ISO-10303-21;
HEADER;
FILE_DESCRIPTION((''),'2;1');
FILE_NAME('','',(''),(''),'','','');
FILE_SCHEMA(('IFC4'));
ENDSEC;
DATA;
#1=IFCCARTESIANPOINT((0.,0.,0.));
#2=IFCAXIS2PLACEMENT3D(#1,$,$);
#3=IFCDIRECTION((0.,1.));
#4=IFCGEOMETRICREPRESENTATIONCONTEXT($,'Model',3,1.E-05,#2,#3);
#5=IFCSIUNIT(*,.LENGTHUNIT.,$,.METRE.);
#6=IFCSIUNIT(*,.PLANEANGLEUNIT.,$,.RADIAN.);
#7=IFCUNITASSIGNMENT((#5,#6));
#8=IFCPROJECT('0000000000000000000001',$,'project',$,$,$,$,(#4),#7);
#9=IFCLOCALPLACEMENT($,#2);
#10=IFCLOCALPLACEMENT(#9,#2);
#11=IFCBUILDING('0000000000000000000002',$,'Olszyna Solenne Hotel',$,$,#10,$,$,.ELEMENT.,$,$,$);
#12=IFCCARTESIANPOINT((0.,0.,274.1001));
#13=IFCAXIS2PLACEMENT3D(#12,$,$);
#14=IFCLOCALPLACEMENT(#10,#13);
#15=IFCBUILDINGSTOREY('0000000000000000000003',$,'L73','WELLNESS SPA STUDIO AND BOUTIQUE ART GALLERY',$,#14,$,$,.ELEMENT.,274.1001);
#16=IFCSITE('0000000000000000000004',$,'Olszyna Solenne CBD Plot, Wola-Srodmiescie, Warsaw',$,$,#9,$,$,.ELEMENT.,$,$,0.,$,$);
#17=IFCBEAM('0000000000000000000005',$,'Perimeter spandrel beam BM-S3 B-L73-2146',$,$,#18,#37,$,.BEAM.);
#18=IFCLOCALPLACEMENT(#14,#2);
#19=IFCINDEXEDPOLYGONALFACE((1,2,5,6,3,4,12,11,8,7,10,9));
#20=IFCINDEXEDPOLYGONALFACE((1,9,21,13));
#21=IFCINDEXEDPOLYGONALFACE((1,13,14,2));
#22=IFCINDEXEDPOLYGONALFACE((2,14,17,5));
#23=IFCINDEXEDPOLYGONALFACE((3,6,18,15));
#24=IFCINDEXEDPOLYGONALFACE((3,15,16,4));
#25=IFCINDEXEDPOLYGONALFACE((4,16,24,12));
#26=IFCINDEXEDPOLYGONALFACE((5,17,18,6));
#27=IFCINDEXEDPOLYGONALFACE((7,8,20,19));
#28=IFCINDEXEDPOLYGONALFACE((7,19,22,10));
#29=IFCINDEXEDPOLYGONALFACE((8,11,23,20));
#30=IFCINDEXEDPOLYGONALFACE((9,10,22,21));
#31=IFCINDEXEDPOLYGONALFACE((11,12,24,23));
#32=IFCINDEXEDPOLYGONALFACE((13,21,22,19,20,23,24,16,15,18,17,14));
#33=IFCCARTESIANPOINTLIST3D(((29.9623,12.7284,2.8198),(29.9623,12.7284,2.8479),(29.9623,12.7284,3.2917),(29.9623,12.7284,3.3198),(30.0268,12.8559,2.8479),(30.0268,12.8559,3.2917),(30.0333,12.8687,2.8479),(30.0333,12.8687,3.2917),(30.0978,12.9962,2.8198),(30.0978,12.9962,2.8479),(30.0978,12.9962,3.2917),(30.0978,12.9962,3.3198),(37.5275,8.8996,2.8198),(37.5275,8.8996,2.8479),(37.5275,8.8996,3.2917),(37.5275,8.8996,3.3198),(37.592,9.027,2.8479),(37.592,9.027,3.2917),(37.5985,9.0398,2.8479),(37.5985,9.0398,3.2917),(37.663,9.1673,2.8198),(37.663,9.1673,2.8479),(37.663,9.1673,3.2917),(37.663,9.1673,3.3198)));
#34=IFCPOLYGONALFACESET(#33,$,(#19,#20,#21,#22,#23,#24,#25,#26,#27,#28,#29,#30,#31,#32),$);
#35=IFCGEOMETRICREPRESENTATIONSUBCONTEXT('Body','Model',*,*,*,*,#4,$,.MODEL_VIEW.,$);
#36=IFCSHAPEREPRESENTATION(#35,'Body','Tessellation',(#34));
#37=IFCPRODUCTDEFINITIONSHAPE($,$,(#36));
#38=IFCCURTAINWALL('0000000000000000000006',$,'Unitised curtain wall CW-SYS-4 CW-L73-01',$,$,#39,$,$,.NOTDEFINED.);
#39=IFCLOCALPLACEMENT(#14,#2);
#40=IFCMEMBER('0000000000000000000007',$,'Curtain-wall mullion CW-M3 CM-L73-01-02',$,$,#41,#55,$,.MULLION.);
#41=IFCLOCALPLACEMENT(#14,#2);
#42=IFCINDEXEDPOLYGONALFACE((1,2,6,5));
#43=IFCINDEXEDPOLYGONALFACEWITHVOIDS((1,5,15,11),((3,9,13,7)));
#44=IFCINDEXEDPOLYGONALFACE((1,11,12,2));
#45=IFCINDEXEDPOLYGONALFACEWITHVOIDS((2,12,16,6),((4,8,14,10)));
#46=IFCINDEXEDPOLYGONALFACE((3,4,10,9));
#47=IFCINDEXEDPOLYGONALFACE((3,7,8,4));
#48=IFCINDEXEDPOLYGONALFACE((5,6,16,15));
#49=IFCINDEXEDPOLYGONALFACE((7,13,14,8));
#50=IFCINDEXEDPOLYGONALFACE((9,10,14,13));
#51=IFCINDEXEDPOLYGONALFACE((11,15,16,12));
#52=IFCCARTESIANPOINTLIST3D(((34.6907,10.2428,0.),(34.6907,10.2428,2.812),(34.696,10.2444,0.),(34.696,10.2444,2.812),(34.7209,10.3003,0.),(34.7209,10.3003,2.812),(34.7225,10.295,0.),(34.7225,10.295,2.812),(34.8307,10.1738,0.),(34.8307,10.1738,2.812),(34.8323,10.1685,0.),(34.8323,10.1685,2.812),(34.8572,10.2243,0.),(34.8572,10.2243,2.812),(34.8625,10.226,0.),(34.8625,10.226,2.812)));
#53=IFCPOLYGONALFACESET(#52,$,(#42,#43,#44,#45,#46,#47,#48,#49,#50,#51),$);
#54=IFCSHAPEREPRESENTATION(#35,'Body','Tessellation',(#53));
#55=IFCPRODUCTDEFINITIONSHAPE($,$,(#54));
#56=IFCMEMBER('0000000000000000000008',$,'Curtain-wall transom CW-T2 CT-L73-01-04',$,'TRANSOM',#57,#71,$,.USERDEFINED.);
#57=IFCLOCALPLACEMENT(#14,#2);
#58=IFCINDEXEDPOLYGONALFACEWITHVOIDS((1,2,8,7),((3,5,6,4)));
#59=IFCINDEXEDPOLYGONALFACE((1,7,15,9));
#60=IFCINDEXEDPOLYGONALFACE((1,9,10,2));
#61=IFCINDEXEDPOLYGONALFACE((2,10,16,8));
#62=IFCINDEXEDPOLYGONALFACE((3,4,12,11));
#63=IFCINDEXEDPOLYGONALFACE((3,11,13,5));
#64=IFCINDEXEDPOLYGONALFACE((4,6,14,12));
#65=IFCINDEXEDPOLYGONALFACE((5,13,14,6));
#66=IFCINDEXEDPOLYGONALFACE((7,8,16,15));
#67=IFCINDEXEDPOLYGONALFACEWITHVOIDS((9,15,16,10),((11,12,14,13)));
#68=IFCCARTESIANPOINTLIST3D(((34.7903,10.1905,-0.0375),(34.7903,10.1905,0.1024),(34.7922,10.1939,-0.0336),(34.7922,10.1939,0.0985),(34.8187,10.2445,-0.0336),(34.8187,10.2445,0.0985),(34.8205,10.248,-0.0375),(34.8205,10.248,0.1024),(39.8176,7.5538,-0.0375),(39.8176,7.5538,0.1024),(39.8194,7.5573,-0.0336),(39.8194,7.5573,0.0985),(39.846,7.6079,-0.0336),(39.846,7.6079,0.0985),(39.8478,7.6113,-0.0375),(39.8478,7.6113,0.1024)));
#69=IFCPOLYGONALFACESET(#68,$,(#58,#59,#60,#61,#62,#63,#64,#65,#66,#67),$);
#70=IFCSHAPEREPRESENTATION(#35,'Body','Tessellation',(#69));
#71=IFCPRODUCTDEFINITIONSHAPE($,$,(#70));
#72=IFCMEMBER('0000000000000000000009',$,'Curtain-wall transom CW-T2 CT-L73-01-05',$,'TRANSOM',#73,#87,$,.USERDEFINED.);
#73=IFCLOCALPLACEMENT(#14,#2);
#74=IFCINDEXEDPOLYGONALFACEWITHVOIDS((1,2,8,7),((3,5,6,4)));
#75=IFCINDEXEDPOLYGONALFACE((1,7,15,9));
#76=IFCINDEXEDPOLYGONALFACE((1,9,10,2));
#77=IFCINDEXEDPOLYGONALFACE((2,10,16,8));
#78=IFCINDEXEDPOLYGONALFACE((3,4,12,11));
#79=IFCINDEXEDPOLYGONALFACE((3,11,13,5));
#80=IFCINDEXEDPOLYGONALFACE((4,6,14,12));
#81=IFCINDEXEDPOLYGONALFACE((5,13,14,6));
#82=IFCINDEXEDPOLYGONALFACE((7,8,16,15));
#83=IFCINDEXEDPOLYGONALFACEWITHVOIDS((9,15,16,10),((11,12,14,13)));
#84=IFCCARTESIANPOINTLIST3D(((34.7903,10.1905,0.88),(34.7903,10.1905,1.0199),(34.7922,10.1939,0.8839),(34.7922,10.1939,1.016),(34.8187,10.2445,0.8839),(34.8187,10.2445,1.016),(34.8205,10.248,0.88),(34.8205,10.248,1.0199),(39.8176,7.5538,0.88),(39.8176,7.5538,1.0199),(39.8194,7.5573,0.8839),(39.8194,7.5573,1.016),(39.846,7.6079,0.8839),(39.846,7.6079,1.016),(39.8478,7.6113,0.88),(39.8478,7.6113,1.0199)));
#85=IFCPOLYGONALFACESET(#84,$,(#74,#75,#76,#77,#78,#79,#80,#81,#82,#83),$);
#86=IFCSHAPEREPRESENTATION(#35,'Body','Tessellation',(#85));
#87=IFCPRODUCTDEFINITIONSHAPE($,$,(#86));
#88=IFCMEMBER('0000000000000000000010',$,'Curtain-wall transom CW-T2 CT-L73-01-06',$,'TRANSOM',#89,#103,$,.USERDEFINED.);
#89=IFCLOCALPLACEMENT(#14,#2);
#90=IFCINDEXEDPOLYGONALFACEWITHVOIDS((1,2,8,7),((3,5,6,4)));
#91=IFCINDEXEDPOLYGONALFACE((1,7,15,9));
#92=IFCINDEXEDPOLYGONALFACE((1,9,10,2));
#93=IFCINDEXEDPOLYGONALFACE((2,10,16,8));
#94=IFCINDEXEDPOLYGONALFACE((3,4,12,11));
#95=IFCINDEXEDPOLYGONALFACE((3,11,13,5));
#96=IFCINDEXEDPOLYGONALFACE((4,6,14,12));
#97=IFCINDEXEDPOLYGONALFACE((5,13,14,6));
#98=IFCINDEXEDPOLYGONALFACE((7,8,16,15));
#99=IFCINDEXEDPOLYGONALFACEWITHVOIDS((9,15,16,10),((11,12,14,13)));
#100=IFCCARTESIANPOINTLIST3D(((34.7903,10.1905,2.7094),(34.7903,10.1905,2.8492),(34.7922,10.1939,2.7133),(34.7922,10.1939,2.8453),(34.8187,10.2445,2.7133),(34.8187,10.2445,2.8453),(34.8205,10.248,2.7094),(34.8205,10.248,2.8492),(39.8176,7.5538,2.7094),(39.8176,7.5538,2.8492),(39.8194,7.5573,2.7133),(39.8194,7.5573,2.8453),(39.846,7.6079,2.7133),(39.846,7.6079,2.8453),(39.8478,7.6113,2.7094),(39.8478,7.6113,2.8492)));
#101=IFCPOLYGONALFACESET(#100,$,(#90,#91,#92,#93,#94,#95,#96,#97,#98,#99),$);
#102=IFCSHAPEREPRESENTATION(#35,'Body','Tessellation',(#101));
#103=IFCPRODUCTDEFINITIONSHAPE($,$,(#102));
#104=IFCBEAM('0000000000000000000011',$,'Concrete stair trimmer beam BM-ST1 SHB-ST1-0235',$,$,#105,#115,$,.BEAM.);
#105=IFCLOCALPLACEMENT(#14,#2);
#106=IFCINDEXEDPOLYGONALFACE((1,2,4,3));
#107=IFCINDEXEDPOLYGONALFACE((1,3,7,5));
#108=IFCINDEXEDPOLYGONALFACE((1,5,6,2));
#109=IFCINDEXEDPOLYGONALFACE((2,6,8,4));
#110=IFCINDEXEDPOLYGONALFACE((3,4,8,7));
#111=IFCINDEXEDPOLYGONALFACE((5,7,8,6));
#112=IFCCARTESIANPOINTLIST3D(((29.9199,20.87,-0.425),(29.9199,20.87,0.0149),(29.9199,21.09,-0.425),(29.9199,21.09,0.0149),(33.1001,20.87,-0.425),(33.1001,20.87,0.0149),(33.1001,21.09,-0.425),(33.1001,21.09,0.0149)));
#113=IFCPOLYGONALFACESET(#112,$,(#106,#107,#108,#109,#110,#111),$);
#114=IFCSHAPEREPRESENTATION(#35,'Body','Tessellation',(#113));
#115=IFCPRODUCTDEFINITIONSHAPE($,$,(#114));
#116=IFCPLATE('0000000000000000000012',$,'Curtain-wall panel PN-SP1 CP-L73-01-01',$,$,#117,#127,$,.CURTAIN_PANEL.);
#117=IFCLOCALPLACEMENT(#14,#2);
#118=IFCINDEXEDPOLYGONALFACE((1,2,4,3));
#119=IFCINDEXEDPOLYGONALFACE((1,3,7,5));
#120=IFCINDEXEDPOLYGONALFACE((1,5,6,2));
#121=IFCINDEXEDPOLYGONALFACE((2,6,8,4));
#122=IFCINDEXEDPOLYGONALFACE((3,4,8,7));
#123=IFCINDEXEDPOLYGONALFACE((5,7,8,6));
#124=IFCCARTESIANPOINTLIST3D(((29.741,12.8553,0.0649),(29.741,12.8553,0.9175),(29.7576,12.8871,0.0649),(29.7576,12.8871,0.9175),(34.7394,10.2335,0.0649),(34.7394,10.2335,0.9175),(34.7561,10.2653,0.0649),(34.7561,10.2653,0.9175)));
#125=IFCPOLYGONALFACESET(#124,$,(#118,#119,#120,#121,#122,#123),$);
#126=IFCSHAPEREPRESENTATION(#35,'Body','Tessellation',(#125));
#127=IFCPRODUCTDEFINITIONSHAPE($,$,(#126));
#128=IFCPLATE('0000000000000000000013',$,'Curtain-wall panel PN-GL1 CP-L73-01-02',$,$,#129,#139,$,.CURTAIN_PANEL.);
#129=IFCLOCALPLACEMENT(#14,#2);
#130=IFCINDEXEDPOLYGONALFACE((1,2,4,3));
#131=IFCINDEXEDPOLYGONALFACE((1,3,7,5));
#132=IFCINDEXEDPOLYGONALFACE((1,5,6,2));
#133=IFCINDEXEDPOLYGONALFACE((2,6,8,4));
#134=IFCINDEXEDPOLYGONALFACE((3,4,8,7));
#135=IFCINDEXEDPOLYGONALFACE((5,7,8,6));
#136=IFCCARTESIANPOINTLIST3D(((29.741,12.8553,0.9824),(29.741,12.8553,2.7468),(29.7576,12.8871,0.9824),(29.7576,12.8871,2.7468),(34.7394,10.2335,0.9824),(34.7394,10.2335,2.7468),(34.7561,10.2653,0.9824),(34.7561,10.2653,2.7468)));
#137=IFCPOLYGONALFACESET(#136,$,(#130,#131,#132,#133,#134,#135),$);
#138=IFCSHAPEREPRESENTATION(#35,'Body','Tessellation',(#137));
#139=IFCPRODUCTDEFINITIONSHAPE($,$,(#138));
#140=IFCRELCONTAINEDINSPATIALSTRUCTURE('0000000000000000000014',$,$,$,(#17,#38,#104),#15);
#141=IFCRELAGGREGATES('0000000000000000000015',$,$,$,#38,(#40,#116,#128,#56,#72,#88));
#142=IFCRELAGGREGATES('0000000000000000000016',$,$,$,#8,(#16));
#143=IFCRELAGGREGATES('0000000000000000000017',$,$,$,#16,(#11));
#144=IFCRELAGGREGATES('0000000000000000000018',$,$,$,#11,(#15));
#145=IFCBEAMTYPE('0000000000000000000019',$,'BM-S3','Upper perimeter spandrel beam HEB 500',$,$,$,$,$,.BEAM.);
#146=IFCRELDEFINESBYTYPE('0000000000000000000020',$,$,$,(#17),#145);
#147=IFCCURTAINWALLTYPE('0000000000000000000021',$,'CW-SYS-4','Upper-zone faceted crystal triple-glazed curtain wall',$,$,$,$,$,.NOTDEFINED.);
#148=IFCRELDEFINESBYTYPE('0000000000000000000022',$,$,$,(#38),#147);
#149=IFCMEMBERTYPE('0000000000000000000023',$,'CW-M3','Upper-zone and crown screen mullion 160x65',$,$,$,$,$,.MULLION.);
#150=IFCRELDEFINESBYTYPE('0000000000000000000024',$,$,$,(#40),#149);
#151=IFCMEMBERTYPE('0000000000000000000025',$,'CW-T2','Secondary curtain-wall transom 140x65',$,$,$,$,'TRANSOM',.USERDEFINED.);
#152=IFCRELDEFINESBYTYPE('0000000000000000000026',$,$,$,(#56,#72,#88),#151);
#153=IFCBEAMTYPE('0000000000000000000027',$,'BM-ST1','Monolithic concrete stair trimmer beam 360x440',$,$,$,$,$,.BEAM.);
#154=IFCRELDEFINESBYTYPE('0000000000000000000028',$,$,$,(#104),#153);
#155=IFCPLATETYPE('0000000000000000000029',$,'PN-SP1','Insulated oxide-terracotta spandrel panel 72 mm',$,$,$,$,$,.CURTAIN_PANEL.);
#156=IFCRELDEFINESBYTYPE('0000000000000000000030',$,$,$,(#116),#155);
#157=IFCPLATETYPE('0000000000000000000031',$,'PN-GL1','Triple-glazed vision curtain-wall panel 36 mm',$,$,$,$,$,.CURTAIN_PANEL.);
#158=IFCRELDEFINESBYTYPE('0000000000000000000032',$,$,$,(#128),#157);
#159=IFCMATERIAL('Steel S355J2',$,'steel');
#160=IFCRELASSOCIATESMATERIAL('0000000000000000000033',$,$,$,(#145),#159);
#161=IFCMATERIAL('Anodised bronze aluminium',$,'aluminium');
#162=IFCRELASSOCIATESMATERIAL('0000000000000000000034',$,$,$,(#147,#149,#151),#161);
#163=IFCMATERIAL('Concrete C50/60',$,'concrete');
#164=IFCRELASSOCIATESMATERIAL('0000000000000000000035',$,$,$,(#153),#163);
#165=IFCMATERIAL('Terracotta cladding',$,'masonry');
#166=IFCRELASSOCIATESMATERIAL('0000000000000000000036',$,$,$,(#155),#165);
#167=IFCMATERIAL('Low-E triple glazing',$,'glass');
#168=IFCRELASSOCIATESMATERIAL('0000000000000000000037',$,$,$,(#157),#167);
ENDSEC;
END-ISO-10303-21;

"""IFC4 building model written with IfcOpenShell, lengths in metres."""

from ifc_helpers import new_model, si_unit, direction, frame, origin, origin_2d, place, context, subcontext, project, spatial, rectangle, hollow_rectangle, i_section, extrude, source, transform, mapped, material, material_profile, profile_set, type_object, element, aggregate, save


model = new_model("IFC4")

# Units and contexts
model_context = context("Model", 3, precision=1e-05, world=origin(), true_north=direction((0.0, 1.0)))
body_context = subcontext(model_context, "Body", "Model", "MODEL_VIEW")
ifc_project = project(units=[si_unit("LENGTHUNIT", "METRE"), si_unit("PLANEANGLEUNIT", "RADIAN")], contexts=[model_context])

# Site, building, storey
site_placement = place(None, origin())
site = spatial("IfcSite", under=ifc_project, at=site_placement, Name="Olszyna Solenne CBD Plot, Wola-Srodmiescie, Warsaw", CompositionType="ELEMENT", RefElevation=0.0)
building_placement = place(site_placement, origin())
building = spatial("IfcBuilding", under=site, at=building_placement, Name="Olszyna Solenne Hotel", CompositionType="ELEMENT")
storey_placement = place(building_placement, frame((0.0, 0.0, 274.1001)))
storey = spatial("IfcBuildingStorey", under=building, at=storey_placement, Name="L73", Description="WELLNESS SPA STUDIO AND BOUTIQUE ART GALLERY", CompositionType="ELEMENT", Elevation=274.1001)

# Beam
ifc_material_1 = material(Name="Steel S355J2", Category="steel")
ifc_material_profile_1 = material_profile(ifc_material_1, i_section(OverallWidth=0.3, OverallDepth=0.5, WebThickness=0.0144, FlangeThickness=0.0281, at=origin_2d()), Name="HEB 500", Category="load-bearing")
ifc_profile_set_1 = profile_set([ifc_material_profile_1], Name="Steel S355J2")
beam_type_1 = type_object("IfcBeamType", Name="BM-S3", Description="Upper perimeter spandrel beam HEB 500", PredefinedType="BEAM", material=ifc_profile_set_1)
shared_shape_1 = source(origin(), body_context, "Body", "SweptSolid", [
    extrude(i_section(OverallWidth=0.3, OverallDepth=0.5, WebThickness=0.0144, FlangeThickness=0.0281, at=origin_2d()), origin(), (0.0, 0.0, 1.0), 8.479),
])
beam_1_placement = place(storey_placement, frame((30.03, 12.8623, 3.0698), z_axis=(0.892234, -0.451573, 0.0), x_axis=(0.451573, 0.892234, 0.0)))
element("IfcBeam", 1, at=beam_1_placement, inside=storey, type_object=beam_type_1, Name="Perimeter spandrel beam BM-S3 B-L73-2146", PredefinedType="BEAM", context=body_context, shape_type="MappedRepresentation", body=[
    mapped(shared_shape_1, transform((0.0, 0.0, 0.0), x_axis=(1.0, 0.0, 0.0), y_axis=(0.0, 1.0, 0.0), z_axis=(0.0, 0.0, 1.0), scale=1.0)),
])

# Curtain wall, members
ifc_material_2 = material(Name="Anodised bronze aluminium", Category="aluminium")
curtain_wall_type = type_object("IfcCurtainWallType", Name="CW-SYS-4", Description="Upper-zone faceted crystal triple-glazed curtain wall", PredefinedType="NOTDEFINED", material=ifc_material_2)
curtain_wall_placement = place(storey_placement, origin())
curtain_wall = element("IfcCurtainWall", 2, at=curtain_wall_placement, inside=storey, type_object=curtain_wall_type, Name="Unitised curtain wall CW-SYS-4 CW-L73-01", PredefinedType="NOTDEFINED")
ifc_material_profile_2 = material_profile(ifc_material_2, hollow_rectangle(XDim=0.0649, YDim=0.1599, WallThickness=0.0039, at=origin_2d()), Name="MULL 160x65x4", Category="load-bearing")
ifc_profile_set_2 = profile_set([ifc_material_profile_2], Name="Anodised bronze aluminium")
member_type_1 = type_object("IfcMemberType", Name="CW-M3", Description="Upper-zone and crown screen mullion 160x65", PredefinedType="MULLION", material=ifc_profile_set_2)
shared_shape_2 = source(origin(), body_context, "Body", "SweptSolid", [
    extrude(hollow_rectangle(XDim=0.0649, YDim=0.1599, WallThickness=0.0039, at=origin_2d()), origin(), (0.0, 0.0, 1.0), 2.812),
])
member_1_placement = place(storey_placement, frame((34.7766, 10.2344, 0.0), z_axis=(0.0, 0.0, 1.0), x_axis=(0.464494, 0.885576, 0.0)))
member_1 = element("IfcMember", 3, at=member_1_placement, type_object=member_type_1, Name="Curtain-wall mullion CW-M3 CM-L73-01-02", PredefinedType="MULLION", context=body_context, shape_type="MappedRepresentation", body=[
    mapped(shared_shape_2, transform((0.0, 0.0, 0.0), x_axis=(1.0, 0.0, 0.0), y_axis=(0.0, 1.0, 0.0), z_axis=(0.0, 0.0, 1.0), scale=1.0)),
])
ifc_material_profile_3 = material_profile(ifc_material_2, hollow_rectangle(XDim=0.0649, YDim=0.1399, WallThickness=0.0039, at=origin_2d()), Name="TRAN 140x65x4", Category="load-bearing")
ifc_profile_set_3 = profile_set([ifc_material_profile_3], Name="Anodised bronze aluminium")
member_type_2 = type_object("IfcMemberType", Name="CW-T2", Description="Secondary curtain-wall transom 140x65", ElementType="TRANSOM", PredefinedType="USERDEFINED", material=ifc_profile_set_3)
shared_shape_3 = source(origin(), body_context, "Body", "SweptSolid", [
    extrude(hollow_rectangle(XDim=0.0649, YDim=0.1399, WallThickness=0.0039, at=origin_2d()), origin(), (0.0, 0.0, 1.0), 5.6768),
])
member_2_placement = place(storey_placement, frame((34.8054, 10.2192, 0.0325), z_axis=(0.885589, -0.46447, 0.0), x_axis=(0.46447, 0.885589, 0.0)))
member_2 = element("IfcMember", 4, at=member_2_placement, type_object=member_type_2, Name="Curtain-wall transom CW-T2 CT-L73-01-04", ObjectType="TRANSOM", PredefinedType="USERDEFINED", context=body_context, shape_type="MappedRepresentation", body=[
    mapped(shared_shape_3, transform((0.0, 0.0, 0.0), x_axis=(1.0, 0.0, 0.0), y_axis=(0.0, 1.0, 0.0), z_axis=(0.0, 0.0, 1.0), scale=1.0)),
])
member_3_placement = place(storey_placement, frame((34.8054, 10.2192, 0.95), z_axis=(0.885589, -0.46447, 0.0), x_axis=(0.46447, 0.885589, 0.0)))
member_3 = element("IfcMember", 5, at=member_3_placement, type_object=member_type_2, Name="Curtain-wall transom CW-T2 CT-L73-01-05", ObjectType="TRANSOM", PredefinedType="USERDEFINED", context=body_context, shape_type="MappedRepresentation", body=[
    mapped(shared_shape_3, transform((0.0, 0.0, 0.0), x_axis=(1.0, 0.0, 0.0), y_axis=(0.0, 1.0, 0.0), z_axis=(0.0, 0.0, 1.0), scale=1.0)),
])
member_4_placement = place(storey_placement, frame((34.8054, 10.2192, 2.7793), z_axis=(0.885589, -0.46447, 0.0), x_axis=(0.46447, 0.885589, 0.0)))
member_4 = element("IfcMember", 6, at=member_4_placement, type_object=member_type_2, Name="Curtain-wall transom CW-T2 CT-L73-01-06", ObjectType="TRANSOM", PredefinedType="USERDEFINED", context=body_context, shape_type="MappedRepresentation", body=[
    mapped(shared_shape_3, transform((0.0, 0.0, 0.0), x_axis=(1.0, 0.0, 0.0), y_axis=(0.0, 1.0, 0.0), z_axis=(0.0, 0.0, 1.0), scale=1.0)),
])

# Beam
ifc_material_3 = material(Name="Concrete C50/60", Category="concrete")
ifc_material_profile_4 = material_profile(ifc_material_3, rectangle(XDim=0.22, YDim=0.4399, at=origin_2d()), Name="RC 220x440", Category="load-bearing")
ifc_profile_set_4 = profile_set([ifc_material_profile_4], Name="Concrete C50/60")
beam_type_2 = type_object("IfcBeamType", Name="BM-ST1", Description="Monolithic concrete stair trimmer beam 360x440", PredefinedType="BEAM", material=ifc_profile_set_4)
shared_shape_4 = source(origin(), body_context, "Body", "SweptSolid", [
    extrude(rectangle(XDim=0.22, YDim=0.4399, at=origin_2d()), origin(), (0.0, 0.0, 1.0), 3.1802),
])
beam_2_placement = place(storey_placement, frame((33.1001, 20.98, -0.2051), z_axis=(-1.0, 0.0, 0.0), x_axis=(0.0, -1.0, 0.0)))
element("IfcBeam", 7, at=beam_2_placement, inside=storey, type_object=beam_type_2, Name="Concrete stair trimmer beam BM-ST1 SHB-ST1-0235", PredefinedType="BEAM", context=body_context, shape_type="MappedRepresentation", body=[
    mapped(shared_shape_4, transform((0.0, 0.0, 0.0), x_axis=(1.0, 0.0, 0.0), y_axis=(0.0, 1.0, 0.0), z_axis=(0.0, 0.0, 1.0), scale=1.0)),
])

# Plates
ifc_material_4 = material(Name="Terracotta cladding", Category="masonry")
plate_type_1 = type_object("IfcPlateType", Name="PN-SP1", Description="Insulated oxide-terracotta spandrel panel 72 mm", PredefinedType="CURTAIN_PANEL", material=ifc_material_4)
shared_shape_5 = source(origin(), body_context, "Body", "SweptSolid", [
    extrude(rectangle(XDim=5.6443, YDim=0.0359, at=origin_2d()), origin(), (0.0, 0.0, 1.0), 0.8525),
])
plate_1_placement = place(storey_placement, frame((32.2485, 11.5603, 0.0649), z_axis=(0.0, 0.0, 1.0), x_axis=(0.885576, -0.464494, 0.0)))
plate_1 = element("IfcPlate", 8, at=plate_1_placement, type_object=plate_type_1, Name="Curtain-wall panel PN-SP1 CP-L73-01-01", PredefinedType="CURTAIN_PANEL", context=body_context, shape_type="MappedRepresentation", body=[
    mapped(shared_shape_5, transform((0.0, 0.0, 0.0), x_axis=(1.0, 0.0, 0.0), y_axis=(0.0, 1.0, 0.0), z_axis=(0.0, 0.0, 1.0), scale=1.0)),
])
ifc_material_5 = material(Name="Low-E triple glazing", Category="glass")
plate_type_2 = type_object("IfcPlateType", Name="PN-GL1", Description="Triple-glazed vision curtain-wall panel 36 mm", PredefinedType="CURTAIN_PANEL", material=ifc_material_5)
shared_shape_6 = source(origin(), body_context, "Body", "SweptSolid", [
    extrude(rectangle(XDim=5.6443, YDim=0.0359, at=origin_2d()), origin(), (0.0, 0.0, 1.0), 1.7644),
])
plate_2_placement = place(storey_placement, frame((32.2485, 11.5603, 0.9824), z_axis=(0.0, 0.0, 1.0), x_axis=(0.885576, -0.464494, 0.0)))
plate_2 = element("IfcPlate", 9, at=plate_2_placement, type_object=plate_type_2, Name="Curtain-wall panel PN-GL1 CP-L73-01-02", PredefinedType="CURTAIN_PANEL", context=body_context, shape_type="MappedRepresentation", body=[
    mapped(shared_shape_6, transform((0.0, 0.0, 0.0), x_axis=(1.0, 0.0, 0.0), y_axis=(0.0, 1.0, 0.0), z_axis=(0.0, 0.0, 1.0), scale=1.0)),
])
aggregate(curtain_wall, [member_1, plate_1, plate_2, member_2, member_3, member_4])

save(model, "model.ifc")
